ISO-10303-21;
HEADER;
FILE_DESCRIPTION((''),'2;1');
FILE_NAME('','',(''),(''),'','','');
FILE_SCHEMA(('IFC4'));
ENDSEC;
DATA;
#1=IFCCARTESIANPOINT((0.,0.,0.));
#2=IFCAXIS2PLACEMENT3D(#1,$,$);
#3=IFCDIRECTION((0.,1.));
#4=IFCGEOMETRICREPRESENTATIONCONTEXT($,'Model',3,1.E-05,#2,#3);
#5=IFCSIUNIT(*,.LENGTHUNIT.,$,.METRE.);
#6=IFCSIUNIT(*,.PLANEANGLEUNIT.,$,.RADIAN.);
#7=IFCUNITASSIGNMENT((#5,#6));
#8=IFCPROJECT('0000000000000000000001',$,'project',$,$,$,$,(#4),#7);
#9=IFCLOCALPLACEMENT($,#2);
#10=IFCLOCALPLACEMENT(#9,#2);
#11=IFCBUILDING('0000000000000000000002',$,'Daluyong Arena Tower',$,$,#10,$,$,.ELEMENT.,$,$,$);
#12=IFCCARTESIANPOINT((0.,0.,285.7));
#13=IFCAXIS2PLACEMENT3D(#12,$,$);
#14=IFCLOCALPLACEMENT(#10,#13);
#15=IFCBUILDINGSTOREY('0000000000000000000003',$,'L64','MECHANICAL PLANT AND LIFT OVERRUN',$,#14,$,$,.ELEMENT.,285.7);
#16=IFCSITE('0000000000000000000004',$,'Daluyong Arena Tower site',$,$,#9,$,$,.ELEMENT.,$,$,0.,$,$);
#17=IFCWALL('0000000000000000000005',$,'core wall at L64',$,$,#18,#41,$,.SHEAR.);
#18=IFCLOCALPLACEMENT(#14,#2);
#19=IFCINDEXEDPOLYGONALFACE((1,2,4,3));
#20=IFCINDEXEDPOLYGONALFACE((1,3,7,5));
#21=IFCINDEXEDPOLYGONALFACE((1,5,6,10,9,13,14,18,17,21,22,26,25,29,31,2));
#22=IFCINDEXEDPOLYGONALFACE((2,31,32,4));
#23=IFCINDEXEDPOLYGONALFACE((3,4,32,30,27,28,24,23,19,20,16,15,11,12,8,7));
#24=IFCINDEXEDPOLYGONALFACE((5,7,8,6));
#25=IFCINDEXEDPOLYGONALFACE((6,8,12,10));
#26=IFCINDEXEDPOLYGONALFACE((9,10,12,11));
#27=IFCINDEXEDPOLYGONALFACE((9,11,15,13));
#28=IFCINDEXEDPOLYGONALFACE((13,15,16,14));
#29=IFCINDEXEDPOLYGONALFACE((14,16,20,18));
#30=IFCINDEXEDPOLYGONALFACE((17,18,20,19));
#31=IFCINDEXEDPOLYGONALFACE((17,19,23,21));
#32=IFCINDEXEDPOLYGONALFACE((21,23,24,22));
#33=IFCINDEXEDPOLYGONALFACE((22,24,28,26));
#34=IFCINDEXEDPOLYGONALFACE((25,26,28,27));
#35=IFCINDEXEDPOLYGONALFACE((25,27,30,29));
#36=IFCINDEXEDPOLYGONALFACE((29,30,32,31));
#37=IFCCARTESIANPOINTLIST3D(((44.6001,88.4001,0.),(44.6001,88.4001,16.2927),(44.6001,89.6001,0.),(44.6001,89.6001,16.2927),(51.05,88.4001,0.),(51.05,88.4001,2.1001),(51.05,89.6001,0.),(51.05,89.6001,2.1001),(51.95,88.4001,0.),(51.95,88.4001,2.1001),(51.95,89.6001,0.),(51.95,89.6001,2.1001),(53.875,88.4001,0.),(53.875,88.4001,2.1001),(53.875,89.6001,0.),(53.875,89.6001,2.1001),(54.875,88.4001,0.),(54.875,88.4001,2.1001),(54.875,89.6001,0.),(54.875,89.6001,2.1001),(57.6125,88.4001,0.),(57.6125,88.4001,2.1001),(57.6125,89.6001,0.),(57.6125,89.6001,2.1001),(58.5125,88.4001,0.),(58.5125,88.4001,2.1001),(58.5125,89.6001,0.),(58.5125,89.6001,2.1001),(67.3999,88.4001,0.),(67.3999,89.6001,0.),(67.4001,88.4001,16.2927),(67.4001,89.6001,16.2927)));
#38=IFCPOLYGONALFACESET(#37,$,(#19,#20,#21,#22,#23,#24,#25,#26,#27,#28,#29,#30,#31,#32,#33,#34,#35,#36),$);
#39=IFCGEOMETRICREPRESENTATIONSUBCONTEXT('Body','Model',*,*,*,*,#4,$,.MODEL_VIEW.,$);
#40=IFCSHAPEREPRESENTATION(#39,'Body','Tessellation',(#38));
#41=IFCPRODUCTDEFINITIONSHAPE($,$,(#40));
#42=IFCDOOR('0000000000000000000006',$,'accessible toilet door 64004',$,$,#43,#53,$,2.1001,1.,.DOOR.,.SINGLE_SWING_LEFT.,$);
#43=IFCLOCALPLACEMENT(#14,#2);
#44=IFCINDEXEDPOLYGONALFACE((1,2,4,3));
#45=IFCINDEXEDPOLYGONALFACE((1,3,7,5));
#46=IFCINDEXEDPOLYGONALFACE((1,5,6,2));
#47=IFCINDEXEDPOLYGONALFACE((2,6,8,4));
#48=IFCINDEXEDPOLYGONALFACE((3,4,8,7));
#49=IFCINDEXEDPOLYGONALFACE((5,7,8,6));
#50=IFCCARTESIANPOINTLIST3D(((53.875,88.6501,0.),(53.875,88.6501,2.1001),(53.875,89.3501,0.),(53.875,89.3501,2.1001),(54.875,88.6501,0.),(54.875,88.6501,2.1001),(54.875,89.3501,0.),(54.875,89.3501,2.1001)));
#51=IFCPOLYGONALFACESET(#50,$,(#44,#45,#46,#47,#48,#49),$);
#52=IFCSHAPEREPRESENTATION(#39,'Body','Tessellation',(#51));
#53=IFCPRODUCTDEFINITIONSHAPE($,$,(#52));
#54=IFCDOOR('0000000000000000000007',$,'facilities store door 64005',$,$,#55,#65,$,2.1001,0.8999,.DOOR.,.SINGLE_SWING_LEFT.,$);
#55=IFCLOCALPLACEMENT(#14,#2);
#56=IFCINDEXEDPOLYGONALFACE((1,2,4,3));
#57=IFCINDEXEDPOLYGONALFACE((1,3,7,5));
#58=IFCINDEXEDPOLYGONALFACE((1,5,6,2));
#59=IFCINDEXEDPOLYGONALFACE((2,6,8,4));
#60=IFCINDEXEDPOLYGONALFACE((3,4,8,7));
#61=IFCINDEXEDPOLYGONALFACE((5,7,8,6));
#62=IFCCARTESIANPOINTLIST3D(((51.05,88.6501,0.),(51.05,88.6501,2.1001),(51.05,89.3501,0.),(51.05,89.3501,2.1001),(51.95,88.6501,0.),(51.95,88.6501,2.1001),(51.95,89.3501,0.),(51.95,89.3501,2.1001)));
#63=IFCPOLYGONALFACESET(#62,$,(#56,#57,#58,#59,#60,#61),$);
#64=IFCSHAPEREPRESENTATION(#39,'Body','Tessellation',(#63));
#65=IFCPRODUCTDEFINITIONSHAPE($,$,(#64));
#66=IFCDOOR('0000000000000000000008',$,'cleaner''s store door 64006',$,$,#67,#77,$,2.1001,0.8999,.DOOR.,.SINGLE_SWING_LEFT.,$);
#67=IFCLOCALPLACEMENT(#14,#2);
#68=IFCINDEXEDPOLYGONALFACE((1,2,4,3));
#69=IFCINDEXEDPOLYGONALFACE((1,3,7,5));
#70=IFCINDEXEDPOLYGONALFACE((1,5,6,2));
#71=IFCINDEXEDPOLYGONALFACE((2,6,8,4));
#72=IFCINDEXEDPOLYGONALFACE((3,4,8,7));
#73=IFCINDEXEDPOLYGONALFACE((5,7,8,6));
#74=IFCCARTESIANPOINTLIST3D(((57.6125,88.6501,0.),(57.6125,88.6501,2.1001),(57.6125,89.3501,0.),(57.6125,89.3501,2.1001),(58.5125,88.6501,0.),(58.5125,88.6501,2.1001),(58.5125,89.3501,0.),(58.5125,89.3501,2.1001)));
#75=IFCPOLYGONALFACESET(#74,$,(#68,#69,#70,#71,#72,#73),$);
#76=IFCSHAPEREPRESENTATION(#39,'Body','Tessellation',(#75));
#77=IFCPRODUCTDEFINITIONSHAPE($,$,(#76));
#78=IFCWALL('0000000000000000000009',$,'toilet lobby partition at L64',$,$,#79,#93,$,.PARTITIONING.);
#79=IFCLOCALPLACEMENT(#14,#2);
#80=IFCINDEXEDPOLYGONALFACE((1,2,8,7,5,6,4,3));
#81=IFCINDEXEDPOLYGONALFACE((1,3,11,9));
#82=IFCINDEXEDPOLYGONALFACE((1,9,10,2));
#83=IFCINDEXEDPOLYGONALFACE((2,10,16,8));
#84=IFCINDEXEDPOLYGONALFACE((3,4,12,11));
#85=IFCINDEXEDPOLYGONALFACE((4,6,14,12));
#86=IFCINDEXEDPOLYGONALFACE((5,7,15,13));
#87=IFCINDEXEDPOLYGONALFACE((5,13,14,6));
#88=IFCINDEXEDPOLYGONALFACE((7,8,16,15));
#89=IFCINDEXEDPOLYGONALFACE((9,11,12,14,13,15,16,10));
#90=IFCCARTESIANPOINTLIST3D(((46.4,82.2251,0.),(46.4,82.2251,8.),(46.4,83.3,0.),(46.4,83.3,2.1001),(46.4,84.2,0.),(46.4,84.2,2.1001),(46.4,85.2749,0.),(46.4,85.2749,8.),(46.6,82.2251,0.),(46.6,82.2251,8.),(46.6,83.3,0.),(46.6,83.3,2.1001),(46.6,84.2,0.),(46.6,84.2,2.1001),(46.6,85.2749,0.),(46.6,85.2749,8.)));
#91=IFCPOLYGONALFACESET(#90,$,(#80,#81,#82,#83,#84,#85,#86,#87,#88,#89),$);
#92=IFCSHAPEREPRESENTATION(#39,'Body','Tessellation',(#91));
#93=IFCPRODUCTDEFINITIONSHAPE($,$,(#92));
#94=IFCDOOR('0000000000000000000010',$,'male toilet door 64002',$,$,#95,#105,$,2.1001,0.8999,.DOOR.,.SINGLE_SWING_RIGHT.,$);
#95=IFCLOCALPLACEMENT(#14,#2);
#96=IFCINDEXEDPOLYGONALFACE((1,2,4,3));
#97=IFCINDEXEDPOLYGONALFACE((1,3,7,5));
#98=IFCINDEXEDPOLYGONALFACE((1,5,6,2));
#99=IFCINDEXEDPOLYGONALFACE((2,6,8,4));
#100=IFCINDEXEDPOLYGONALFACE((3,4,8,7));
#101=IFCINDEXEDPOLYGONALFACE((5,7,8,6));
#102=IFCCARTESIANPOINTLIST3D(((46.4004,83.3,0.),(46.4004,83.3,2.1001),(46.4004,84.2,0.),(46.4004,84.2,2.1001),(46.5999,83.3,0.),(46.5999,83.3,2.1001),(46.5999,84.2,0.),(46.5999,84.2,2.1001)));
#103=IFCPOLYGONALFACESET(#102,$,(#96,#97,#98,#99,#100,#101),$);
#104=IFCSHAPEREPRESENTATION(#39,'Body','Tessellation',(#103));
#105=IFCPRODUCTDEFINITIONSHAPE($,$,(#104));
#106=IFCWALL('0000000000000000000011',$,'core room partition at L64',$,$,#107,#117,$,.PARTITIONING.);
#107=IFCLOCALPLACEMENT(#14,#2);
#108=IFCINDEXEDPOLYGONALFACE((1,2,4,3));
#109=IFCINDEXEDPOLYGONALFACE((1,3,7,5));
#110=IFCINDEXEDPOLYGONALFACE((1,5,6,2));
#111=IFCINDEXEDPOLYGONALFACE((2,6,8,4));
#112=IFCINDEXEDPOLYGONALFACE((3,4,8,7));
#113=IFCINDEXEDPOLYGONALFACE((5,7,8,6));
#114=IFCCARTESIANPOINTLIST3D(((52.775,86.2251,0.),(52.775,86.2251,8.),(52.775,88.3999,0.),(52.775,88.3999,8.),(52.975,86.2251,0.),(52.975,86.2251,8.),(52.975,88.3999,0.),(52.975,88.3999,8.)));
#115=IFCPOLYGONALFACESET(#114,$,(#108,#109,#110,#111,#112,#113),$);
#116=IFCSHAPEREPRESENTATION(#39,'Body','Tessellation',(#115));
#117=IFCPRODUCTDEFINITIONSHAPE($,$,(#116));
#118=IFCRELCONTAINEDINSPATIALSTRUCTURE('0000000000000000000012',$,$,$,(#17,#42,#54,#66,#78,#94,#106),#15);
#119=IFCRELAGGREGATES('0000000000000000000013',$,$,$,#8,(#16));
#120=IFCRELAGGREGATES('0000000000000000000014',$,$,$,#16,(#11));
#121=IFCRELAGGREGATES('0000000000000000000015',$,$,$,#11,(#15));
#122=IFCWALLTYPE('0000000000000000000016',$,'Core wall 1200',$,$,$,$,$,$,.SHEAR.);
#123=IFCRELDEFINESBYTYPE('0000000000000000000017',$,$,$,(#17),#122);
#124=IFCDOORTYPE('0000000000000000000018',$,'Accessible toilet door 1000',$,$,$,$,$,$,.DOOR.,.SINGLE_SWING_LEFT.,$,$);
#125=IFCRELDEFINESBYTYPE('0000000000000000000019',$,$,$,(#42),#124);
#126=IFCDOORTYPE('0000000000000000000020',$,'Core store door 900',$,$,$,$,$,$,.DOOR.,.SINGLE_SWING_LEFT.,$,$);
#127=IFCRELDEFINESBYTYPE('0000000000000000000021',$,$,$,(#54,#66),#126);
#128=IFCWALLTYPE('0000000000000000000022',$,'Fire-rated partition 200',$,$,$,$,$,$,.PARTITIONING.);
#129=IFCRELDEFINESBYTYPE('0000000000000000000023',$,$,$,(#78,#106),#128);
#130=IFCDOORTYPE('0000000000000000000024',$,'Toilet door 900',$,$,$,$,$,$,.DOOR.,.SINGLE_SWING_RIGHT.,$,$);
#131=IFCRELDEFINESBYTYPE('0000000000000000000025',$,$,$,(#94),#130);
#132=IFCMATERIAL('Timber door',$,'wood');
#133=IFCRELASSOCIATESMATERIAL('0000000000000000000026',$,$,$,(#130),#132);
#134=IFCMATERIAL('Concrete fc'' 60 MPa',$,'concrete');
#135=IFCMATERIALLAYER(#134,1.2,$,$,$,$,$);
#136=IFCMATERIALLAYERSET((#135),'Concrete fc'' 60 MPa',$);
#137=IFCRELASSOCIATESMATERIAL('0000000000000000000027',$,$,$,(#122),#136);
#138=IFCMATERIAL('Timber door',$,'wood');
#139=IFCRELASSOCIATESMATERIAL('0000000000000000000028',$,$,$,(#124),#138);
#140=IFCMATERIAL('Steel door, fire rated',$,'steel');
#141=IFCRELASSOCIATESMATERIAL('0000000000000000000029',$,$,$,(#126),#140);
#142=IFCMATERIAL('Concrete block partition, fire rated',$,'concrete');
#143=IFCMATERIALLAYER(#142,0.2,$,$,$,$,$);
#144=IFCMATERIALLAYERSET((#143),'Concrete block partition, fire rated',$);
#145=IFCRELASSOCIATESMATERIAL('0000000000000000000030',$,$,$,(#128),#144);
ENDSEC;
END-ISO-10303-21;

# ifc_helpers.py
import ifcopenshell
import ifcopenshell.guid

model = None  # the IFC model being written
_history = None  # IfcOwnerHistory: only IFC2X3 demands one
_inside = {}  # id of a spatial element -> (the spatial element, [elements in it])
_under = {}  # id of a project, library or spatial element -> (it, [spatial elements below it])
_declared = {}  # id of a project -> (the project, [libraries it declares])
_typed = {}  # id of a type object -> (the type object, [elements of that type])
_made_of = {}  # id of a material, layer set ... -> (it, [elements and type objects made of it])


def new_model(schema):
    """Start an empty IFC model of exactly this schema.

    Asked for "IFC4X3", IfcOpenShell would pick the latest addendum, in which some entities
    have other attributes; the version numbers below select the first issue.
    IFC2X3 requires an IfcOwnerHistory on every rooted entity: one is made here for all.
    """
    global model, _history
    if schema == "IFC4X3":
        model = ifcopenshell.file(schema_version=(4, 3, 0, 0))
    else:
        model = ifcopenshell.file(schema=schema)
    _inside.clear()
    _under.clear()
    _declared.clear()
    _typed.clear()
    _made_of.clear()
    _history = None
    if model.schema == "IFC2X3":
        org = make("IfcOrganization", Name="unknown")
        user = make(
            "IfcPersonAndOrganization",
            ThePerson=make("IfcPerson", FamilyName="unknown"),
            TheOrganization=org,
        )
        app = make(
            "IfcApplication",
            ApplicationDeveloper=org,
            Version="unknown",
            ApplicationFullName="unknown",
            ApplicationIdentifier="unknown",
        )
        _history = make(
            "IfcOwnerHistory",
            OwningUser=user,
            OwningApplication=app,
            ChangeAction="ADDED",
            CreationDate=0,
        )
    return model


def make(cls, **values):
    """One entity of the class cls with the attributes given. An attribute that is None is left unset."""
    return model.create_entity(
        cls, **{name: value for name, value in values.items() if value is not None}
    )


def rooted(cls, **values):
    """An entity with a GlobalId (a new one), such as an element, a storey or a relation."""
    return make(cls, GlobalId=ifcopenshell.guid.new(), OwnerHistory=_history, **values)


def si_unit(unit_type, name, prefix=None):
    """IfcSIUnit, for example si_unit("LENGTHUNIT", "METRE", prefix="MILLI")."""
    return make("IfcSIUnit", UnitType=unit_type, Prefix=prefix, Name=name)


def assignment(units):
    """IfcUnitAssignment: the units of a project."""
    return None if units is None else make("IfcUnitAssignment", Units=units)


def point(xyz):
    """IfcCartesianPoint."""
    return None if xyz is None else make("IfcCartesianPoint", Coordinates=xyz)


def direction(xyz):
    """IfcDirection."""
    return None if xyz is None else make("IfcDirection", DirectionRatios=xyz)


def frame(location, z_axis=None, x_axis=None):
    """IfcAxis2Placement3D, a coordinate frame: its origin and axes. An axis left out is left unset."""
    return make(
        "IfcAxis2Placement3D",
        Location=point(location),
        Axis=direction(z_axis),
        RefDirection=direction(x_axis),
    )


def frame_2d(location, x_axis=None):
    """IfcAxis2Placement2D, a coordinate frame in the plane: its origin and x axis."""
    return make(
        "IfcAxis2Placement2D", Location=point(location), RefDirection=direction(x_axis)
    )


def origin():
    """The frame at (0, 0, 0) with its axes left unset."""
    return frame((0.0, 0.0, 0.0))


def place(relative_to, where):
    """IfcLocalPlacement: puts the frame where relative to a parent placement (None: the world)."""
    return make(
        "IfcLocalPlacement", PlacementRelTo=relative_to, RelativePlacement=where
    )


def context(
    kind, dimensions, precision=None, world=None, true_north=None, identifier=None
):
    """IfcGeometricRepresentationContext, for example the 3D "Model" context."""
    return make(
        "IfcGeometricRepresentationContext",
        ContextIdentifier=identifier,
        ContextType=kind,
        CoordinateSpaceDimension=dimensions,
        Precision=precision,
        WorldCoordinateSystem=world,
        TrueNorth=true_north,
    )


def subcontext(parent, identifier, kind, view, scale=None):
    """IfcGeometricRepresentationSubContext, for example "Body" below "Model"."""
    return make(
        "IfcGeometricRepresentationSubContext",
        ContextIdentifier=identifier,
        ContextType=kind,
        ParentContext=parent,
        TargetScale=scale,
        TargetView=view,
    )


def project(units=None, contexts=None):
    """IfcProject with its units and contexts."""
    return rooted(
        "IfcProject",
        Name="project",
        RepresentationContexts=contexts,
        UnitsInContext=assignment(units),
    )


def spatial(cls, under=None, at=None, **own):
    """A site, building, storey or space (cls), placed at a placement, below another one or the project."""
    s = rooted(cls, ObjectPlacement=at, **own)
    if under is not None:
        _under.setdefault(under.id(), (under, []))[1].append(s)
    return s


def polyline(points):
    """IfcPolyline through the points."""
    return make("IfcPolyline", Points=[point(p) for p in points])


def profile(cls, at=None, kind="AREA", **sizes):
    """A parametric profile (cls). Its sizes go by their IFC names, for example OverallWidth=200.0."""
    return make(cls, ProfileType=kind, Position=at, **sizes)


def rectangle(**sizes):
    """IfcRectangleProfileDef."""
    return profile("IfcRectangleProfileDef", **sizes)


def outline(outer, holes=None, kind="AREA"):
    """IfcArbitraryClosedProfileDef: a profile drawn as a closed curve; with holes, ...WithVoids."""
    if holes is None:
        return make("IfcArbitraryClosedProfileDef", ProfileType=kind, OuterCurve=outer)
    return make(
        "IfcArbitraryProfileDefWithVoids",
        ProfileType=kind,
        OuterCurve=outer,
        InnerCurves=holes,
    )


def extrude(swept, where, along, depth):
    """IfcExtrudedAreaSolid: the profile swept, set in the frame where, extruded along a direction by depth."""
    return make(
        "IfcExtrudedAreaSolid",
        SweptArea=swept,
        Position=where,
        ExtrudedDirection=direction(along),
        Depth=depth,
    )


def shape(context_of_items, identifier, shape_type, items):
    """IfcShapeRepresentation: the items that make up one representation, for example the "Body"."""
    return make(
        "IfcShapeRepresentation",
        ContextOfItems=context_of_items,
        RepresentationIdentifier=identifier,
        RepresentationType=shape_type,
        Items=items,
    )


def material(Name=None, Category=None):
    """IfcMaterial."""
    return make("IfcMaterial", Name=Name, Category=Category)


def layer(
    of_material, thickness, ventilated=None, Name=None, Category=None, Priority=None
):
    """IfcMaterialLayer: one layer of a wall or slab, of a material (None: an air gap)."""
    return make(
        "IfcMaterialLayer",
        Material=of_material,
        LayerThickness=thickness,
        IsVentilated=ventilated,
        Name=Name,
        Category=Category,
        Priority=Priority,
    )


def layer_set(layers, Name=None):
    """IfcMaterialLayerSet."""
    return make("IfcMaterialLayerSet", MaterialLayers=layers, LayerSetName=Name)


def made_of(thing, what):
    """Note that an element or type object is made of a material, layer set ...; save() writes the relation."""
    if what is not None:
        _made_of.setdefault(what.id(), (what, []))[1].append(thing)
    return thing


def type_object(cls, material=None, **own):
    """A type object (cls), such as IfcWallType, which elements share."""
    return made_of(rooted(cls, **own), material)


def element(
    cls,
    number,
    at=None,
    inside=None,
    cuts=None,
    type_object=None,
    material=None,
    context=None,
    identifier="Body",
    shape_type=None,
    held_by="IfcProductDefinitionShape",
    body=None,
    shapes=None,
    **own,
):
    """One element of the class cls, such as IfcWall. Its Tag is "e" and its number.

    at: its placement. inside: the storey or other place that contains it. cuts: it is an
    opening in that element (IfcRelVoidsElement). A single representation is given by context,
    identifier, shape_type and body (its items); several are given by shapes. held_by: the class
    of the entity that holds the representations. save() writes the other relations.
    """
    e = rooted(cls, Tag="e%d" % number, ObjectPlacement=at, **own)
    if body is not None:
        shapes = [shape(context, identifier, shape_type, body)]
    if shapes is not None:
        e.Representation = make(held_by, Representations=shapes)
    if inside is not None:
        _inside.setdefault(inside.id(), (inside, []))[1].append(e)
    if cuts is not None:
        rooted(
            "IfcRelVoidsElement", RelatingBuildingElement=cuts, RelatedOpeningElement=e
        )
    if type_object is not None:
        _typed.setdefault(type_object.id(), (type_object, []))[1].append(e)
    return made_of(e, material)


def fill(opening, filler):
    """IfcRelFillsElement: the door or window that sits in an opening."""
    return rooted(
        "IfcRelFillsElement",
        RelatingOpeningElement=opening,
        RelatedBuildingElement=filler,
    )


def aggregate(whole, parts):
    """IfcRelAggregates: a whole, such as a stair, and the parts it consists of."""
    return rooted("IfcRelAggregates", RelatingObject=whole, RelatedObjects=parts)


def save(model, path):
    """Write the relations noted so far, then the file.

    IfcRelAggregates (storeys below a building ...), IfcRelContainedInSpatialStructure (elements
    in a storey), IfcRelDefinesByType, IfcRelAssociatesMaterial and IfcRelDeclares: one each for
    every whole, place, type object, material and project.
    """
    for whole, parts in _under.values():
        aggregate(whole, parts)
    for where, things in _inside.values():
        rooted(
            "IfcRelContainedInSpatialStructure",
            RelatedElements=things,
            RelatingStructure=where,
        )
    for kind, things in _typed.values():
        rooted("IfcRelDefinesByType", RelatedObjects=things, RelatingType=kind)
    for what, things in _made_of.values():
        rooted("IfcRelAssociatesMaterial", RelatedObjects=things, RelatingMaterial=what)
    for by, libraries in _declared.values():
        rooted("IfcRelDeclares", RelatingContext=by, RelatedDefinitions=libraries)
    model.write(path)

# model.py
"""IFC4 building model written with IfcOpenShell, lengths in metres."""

from ifc_helpers import new_model, si_unit, direction, frame, frame_2d, origin, place, context, subcontext, project, spatial, polyline, rectangle, outline, extrude, material, layer, layer_set, type_object, element, fill, save


model = new_model("IFC4")

# Units and contexts
model_context = context("Model", 3, precision=1e-05, world=origin(), true_north=direction((0.0, 1.0)))
body_context = subcontext(model_context, "Body", "Model", "MODEL_VIEW")
ifc_project = project(units=[si_unit("LENGTHUNIT", "METRE"), si_unit("PLANEANGLEUNIT", "RADIAN")], contexts=[model_context])

# Site, building, storey
site_placement = place(None, origin())
site = spatial("IfcSite", under=ifc_project, at=site_placement, Name="Daluyong Arena Tower site", CompositionType="ELEMENT", RefElevation=0.0)
building_placement = place(site_placement, origin())
building = spatial("IfcBuilding", under=site, at=building_placement, Name="Daluyong Arena Tower", CompositionType="ELEMENT")
storey_placement = place(building_placement, frame((0.0, 0.0, 285.7)))
storey = spatial("IfcBuildingStorey", under=building, at=storey_placement, Name="L64", Description="MECHANICAL PLANT AND LIFT OVERRUN", CompositionType="ELEMENT", Elevation=285.7)

# Shared definitions
ifc_material_1 = material(Name="Timber door", Category="wood")
door_type_1 = type_object("IfcDoorType", Name="Toilet door 900", OperationType="SINGLE_SWING_RIGHT", PredefinedType="DOOR", material=ifc_material_1)

# Wall, openings, doors
ifc_material_2 = material(Name="Concrete fc' 60 MPa", Category="concrete")
ifc_layer_1 = layer(ifc_material_2, 1.2)
ifc_layer_set_1 = layer_set([ifc_layer_1], Name="Concrete fc' 60 MPa")
wall_type_1 = type_object("IfcWallType", Name="Core wall 1200", PredefinedType="SHEAR", material=ifc_layer_set_1)
wall_1_placement = place(storey_placement, frame((44.6001, 89.0, 0.0), z_axis=(0.0, 0.0, 1.0), x_axis=(1.0, 0.0, 0.0)))
wall_1 = element("IfcWall", 1, at=wall_1_placement, inside=storey, type_object=wall_type_1, Name="core wall at L64", PredefinedType="SHEAR", context=body_context, shape_type="SweptSolid", body=[
    extrude(outline(polyline([(0.0, 0.0), (22.7998, 0.0), (22.8, 16.2927), (0.0, 16.2927), (0.0, 0.0)])), frame((0.0, 0.6001, 0.0), z_axis=(0.0, -1.0, 0.0), x_axis=(1.0, 0.0, 0.0)), (0.0, 0.0, 1.0), 1.2),
])
opening_1_placement = place(wall_1_placement, frame((9.2749, 0.0, 0.0)))
opening_1 = element("IfcOpeningElement", 2, at=opening_1_placement, cuts=wall_1, PredefinedType="OPENING", context=body_context, shape_type="SweptSolid", body=[
    extrude(rectangle(XDim=1.0, YDim=2.1001, at=frame_2d((0.5, 1.05))), frame((0.0, 0.6099, 0.0), z_axis=(0.0, -1.0, 0.0), x_axis=(1.0, 0.0, 0.0)), (0.0, 0.0, 1.0), 1.22),
])
opening_2_placement = place(wall_1_placement, frame((6.45, 0.0, 0.0)))
opening_2 = element("IfcOpeningElement", 3, at=opening_2_placement, cuts=wall_1, PredefinedType="OPENING", context=body_context, shape_type="SweptSolid", body=[
    extrude(rectangle(XDim=0.8999, YDim=2.1001, at=frame_2d((0.45, 1.05))), frame((0.0, 0.6099, 0.0), z_axis=(0.0, -1.0, 0.0), x_axis=(1.0, 0.0, 0.0)), (0.0, 0.0, 1.0), 1.22),
])
opening_3_placement = place(wall_1_placement, frame((13.0125, 0.0, 0.0)))
opening_3 = element("IfcOpeningElement", 4, at=opening_3_placement, cuts=wall_1, PredefinedType="OPENING", context=body_context, shape_type="SweptSolid", body=[
    extrude(rectangle(XDim=0.8999, YDim=2.1001, at=frame_2d((0.45, 1.05))), frame((0.0, 0.6099, 0.0), z_axis=(0.0, -1.0, 0.0), x_axis=(1.0, 0.0, 0.0)), (0.0, 0.0, 1.0), 1.22),
])
ifc_material_3 = material(Name="Timber door", Category="wood")
door_type_2 = type_object("IfcDoorType", Name="Accessible toilet door 1000", OperationType="SINGLE_SWING_LEFT", PredefinedType="DOOR", material=ifc_material_3)
door_1_placement = place(opening_1_placement, origin())
door_1 = element("IfcDoor", 5, at=door_1_placement, inside=storey, type_object=door_type_2, Name="accessible toilet door 64004", OperationType="SINGLE_SWING_LEFT", OverallHeight=2.1001, OverallWidth=1.0, PredefinedType="DOOR", context=body_context, shape_type="SweptSolid", body=[
    extrude(rectangle(XDim=1.0, YDim=2.1001, at=frame_2d((0.5, 1.05))), frame((0.0, 0.3501, 0.0), z_axis=(0.0, -1.0, 0.0), x_axis=(1.0, 0.0, 0.0)), (0.0, 0.0, 1.0), 0.7),
])
fill(opening_1, door_1)
ifc_material_4 = material(Name="Steel door, fire rated", Category="steel")
door_type_3 = type_object("IfcDoorType", Name="Core store door 900", OperationType="SINGLE_SWING_LEFT", PredefinedType="DOOR", material=ifc_material_4)
door_2_placement = place(opening_2_placement, origin())
door_2 = element("IfcDoor", 6, at=door_2_placement, inside=storey, type_object=door_type_3, Name="facilities store door 64005", OperationType="SINGLE_SWING_LEFT", OverallHeight=2.1001, OverallWidth=0.8999, PredefinedType="DOOR", context=body_context, shape_type="SweptSolid", body=[
    extrude(rectangle(XDim=0.8999, YDim=2.1001, at=frame_2d((0.45, 1.05))), frame((0.0, 0.3501, 0.0), z_axis=(0.0, -1.0, 0.0), x_axis=(1.0, 0.0, 0.0)), (0.0, 0.0, 1.0), 0.7),
])
fill(opening_2, door_2)
door_3_placement = place(opening_3_placement, origin())
door_3 = element("IfcDoor", 7, at=door_3_placement, inside=storey, type_object=door_type_3, Name="cleaner's store door 64006", OperationType="SINGLE_SWING_LEFT", OverallHeight=2.1001, OverallWidth=0.8999, PredefinedType="DOOR", context=body_context, shape_type="SweptSolid", body=[
    extrude(rectangle(XDim=0.8999, YDim=2.1001, at=frame_2d((0.45, 1.05))), frame((0.0, 0.3501, 0.0), z_axis=(0.0, -1.0, 0.0), x_axis=(1.0, 0.0, 0.0)), (0.0, 0.0, 1.0), 0.7),
])
fill(opening_3, door_3)

# Wall, opening, door
ifc_material_5 = material(Name="Concrete block partition, fire rated", Category="concrete")
ifc_layer_2 = layer(ifc_material_5, 0.2)
ifc_layer_set_2 = layer_set([ifc_layer_2], Name="Concrete block partition, fire rated")
wall_type_2 = type_object("IfcWallType", Name="Fire-rated partition 200", PredefinedType="PARTITIONING", material=ifc_layer_set_2)
wall_2_placement = place(storey_placement, frame((46.5, 82.2251, 0.0), z_axis=(0.0, 0.0, 1.0), x_axis=(0.0, 1.0, 0.0)))
wall_2 = element("IfcWall", 8, at=wall_2_placement, inside=storey, type_object=wall_type_2, Name="toilet lobby partition at L64", PredefinedType="PARTITIONING", context=body_context, shape_type="SweptSolid", body=[
    extrude(rectangle(XDim=3.0498, YDim=0.2, at=frame_2d((1.5249, 0.0))), origin(), (0.0, 0.0, 1.0), 8.0),
])
opening_4_placement = place(wall_2_placement, frame((1.075, 0.0, 0.0)))
opening_4 = element("IfcOpeningElement", 9, at=opening_4_placement, cuts=wall_2, PredefinedType="OPENING", context=body_context, shape_type="SweptSolid", body=[
    extrude(rectangle(XDim=0.8999, YDim=2.1001, at=frame_2d((0.45, 1.05))), frame((0.0, 0.1099, 0.0), z_axis=(0.0, -1.0, 0.0), x_axis=(1.0, 0.0, 0.0)), (0.0, 0.0, 1.0), 0.22),
])
door_4_placement = place(opening_4_placement, origin())
door_4 = element("IfcDoor", 10, at=door_4_placement, inside=storey, type_object=door_type_1, Name="male toilet door 64002", OperationType="SINGLE_SWING_RIGHT", OverallHeight=2.1001, OverallWidth=0.8999, PredefinedType="DOOR", context=body_context, shape_type="SweptSolid", body=[
    extrude(rectangle(XDim=0.8999, YDim=2.1001, at=frame_2d((0.45, 1.05))), frame((0.0, 0.0996, 0.0), z_axis=(0.0, -1.0, 0.0), x_axis=(1.0, 0.0, 0.0)), (0.0, 0.0, 1.0), 0.1995),
])
fill(opening_4, door_4)

# Wall
wall_3_placement = place(storey_placement, frame((52.875, 86.2251, 0.0), z_axis=(0.0, 0.0, 1.0), x_axis=(0.0, 1.0, 0.0)))
element("IfcWall", 11, at=wall_3_placement, inside=storey, type_object=wall_type_2, Name="core room partition at L64", PredefinedType="PARTITIONING", context=body_context, shape_type="SweptSolid", body=[
    extrude(rectangle(XDim=2.1748, YDim=0.2, at=frame_2d((1.0874, 0.0))), origin(), (0.0, 0.0, 1.0), 8.0),
])

save(model, "model.ifc")
